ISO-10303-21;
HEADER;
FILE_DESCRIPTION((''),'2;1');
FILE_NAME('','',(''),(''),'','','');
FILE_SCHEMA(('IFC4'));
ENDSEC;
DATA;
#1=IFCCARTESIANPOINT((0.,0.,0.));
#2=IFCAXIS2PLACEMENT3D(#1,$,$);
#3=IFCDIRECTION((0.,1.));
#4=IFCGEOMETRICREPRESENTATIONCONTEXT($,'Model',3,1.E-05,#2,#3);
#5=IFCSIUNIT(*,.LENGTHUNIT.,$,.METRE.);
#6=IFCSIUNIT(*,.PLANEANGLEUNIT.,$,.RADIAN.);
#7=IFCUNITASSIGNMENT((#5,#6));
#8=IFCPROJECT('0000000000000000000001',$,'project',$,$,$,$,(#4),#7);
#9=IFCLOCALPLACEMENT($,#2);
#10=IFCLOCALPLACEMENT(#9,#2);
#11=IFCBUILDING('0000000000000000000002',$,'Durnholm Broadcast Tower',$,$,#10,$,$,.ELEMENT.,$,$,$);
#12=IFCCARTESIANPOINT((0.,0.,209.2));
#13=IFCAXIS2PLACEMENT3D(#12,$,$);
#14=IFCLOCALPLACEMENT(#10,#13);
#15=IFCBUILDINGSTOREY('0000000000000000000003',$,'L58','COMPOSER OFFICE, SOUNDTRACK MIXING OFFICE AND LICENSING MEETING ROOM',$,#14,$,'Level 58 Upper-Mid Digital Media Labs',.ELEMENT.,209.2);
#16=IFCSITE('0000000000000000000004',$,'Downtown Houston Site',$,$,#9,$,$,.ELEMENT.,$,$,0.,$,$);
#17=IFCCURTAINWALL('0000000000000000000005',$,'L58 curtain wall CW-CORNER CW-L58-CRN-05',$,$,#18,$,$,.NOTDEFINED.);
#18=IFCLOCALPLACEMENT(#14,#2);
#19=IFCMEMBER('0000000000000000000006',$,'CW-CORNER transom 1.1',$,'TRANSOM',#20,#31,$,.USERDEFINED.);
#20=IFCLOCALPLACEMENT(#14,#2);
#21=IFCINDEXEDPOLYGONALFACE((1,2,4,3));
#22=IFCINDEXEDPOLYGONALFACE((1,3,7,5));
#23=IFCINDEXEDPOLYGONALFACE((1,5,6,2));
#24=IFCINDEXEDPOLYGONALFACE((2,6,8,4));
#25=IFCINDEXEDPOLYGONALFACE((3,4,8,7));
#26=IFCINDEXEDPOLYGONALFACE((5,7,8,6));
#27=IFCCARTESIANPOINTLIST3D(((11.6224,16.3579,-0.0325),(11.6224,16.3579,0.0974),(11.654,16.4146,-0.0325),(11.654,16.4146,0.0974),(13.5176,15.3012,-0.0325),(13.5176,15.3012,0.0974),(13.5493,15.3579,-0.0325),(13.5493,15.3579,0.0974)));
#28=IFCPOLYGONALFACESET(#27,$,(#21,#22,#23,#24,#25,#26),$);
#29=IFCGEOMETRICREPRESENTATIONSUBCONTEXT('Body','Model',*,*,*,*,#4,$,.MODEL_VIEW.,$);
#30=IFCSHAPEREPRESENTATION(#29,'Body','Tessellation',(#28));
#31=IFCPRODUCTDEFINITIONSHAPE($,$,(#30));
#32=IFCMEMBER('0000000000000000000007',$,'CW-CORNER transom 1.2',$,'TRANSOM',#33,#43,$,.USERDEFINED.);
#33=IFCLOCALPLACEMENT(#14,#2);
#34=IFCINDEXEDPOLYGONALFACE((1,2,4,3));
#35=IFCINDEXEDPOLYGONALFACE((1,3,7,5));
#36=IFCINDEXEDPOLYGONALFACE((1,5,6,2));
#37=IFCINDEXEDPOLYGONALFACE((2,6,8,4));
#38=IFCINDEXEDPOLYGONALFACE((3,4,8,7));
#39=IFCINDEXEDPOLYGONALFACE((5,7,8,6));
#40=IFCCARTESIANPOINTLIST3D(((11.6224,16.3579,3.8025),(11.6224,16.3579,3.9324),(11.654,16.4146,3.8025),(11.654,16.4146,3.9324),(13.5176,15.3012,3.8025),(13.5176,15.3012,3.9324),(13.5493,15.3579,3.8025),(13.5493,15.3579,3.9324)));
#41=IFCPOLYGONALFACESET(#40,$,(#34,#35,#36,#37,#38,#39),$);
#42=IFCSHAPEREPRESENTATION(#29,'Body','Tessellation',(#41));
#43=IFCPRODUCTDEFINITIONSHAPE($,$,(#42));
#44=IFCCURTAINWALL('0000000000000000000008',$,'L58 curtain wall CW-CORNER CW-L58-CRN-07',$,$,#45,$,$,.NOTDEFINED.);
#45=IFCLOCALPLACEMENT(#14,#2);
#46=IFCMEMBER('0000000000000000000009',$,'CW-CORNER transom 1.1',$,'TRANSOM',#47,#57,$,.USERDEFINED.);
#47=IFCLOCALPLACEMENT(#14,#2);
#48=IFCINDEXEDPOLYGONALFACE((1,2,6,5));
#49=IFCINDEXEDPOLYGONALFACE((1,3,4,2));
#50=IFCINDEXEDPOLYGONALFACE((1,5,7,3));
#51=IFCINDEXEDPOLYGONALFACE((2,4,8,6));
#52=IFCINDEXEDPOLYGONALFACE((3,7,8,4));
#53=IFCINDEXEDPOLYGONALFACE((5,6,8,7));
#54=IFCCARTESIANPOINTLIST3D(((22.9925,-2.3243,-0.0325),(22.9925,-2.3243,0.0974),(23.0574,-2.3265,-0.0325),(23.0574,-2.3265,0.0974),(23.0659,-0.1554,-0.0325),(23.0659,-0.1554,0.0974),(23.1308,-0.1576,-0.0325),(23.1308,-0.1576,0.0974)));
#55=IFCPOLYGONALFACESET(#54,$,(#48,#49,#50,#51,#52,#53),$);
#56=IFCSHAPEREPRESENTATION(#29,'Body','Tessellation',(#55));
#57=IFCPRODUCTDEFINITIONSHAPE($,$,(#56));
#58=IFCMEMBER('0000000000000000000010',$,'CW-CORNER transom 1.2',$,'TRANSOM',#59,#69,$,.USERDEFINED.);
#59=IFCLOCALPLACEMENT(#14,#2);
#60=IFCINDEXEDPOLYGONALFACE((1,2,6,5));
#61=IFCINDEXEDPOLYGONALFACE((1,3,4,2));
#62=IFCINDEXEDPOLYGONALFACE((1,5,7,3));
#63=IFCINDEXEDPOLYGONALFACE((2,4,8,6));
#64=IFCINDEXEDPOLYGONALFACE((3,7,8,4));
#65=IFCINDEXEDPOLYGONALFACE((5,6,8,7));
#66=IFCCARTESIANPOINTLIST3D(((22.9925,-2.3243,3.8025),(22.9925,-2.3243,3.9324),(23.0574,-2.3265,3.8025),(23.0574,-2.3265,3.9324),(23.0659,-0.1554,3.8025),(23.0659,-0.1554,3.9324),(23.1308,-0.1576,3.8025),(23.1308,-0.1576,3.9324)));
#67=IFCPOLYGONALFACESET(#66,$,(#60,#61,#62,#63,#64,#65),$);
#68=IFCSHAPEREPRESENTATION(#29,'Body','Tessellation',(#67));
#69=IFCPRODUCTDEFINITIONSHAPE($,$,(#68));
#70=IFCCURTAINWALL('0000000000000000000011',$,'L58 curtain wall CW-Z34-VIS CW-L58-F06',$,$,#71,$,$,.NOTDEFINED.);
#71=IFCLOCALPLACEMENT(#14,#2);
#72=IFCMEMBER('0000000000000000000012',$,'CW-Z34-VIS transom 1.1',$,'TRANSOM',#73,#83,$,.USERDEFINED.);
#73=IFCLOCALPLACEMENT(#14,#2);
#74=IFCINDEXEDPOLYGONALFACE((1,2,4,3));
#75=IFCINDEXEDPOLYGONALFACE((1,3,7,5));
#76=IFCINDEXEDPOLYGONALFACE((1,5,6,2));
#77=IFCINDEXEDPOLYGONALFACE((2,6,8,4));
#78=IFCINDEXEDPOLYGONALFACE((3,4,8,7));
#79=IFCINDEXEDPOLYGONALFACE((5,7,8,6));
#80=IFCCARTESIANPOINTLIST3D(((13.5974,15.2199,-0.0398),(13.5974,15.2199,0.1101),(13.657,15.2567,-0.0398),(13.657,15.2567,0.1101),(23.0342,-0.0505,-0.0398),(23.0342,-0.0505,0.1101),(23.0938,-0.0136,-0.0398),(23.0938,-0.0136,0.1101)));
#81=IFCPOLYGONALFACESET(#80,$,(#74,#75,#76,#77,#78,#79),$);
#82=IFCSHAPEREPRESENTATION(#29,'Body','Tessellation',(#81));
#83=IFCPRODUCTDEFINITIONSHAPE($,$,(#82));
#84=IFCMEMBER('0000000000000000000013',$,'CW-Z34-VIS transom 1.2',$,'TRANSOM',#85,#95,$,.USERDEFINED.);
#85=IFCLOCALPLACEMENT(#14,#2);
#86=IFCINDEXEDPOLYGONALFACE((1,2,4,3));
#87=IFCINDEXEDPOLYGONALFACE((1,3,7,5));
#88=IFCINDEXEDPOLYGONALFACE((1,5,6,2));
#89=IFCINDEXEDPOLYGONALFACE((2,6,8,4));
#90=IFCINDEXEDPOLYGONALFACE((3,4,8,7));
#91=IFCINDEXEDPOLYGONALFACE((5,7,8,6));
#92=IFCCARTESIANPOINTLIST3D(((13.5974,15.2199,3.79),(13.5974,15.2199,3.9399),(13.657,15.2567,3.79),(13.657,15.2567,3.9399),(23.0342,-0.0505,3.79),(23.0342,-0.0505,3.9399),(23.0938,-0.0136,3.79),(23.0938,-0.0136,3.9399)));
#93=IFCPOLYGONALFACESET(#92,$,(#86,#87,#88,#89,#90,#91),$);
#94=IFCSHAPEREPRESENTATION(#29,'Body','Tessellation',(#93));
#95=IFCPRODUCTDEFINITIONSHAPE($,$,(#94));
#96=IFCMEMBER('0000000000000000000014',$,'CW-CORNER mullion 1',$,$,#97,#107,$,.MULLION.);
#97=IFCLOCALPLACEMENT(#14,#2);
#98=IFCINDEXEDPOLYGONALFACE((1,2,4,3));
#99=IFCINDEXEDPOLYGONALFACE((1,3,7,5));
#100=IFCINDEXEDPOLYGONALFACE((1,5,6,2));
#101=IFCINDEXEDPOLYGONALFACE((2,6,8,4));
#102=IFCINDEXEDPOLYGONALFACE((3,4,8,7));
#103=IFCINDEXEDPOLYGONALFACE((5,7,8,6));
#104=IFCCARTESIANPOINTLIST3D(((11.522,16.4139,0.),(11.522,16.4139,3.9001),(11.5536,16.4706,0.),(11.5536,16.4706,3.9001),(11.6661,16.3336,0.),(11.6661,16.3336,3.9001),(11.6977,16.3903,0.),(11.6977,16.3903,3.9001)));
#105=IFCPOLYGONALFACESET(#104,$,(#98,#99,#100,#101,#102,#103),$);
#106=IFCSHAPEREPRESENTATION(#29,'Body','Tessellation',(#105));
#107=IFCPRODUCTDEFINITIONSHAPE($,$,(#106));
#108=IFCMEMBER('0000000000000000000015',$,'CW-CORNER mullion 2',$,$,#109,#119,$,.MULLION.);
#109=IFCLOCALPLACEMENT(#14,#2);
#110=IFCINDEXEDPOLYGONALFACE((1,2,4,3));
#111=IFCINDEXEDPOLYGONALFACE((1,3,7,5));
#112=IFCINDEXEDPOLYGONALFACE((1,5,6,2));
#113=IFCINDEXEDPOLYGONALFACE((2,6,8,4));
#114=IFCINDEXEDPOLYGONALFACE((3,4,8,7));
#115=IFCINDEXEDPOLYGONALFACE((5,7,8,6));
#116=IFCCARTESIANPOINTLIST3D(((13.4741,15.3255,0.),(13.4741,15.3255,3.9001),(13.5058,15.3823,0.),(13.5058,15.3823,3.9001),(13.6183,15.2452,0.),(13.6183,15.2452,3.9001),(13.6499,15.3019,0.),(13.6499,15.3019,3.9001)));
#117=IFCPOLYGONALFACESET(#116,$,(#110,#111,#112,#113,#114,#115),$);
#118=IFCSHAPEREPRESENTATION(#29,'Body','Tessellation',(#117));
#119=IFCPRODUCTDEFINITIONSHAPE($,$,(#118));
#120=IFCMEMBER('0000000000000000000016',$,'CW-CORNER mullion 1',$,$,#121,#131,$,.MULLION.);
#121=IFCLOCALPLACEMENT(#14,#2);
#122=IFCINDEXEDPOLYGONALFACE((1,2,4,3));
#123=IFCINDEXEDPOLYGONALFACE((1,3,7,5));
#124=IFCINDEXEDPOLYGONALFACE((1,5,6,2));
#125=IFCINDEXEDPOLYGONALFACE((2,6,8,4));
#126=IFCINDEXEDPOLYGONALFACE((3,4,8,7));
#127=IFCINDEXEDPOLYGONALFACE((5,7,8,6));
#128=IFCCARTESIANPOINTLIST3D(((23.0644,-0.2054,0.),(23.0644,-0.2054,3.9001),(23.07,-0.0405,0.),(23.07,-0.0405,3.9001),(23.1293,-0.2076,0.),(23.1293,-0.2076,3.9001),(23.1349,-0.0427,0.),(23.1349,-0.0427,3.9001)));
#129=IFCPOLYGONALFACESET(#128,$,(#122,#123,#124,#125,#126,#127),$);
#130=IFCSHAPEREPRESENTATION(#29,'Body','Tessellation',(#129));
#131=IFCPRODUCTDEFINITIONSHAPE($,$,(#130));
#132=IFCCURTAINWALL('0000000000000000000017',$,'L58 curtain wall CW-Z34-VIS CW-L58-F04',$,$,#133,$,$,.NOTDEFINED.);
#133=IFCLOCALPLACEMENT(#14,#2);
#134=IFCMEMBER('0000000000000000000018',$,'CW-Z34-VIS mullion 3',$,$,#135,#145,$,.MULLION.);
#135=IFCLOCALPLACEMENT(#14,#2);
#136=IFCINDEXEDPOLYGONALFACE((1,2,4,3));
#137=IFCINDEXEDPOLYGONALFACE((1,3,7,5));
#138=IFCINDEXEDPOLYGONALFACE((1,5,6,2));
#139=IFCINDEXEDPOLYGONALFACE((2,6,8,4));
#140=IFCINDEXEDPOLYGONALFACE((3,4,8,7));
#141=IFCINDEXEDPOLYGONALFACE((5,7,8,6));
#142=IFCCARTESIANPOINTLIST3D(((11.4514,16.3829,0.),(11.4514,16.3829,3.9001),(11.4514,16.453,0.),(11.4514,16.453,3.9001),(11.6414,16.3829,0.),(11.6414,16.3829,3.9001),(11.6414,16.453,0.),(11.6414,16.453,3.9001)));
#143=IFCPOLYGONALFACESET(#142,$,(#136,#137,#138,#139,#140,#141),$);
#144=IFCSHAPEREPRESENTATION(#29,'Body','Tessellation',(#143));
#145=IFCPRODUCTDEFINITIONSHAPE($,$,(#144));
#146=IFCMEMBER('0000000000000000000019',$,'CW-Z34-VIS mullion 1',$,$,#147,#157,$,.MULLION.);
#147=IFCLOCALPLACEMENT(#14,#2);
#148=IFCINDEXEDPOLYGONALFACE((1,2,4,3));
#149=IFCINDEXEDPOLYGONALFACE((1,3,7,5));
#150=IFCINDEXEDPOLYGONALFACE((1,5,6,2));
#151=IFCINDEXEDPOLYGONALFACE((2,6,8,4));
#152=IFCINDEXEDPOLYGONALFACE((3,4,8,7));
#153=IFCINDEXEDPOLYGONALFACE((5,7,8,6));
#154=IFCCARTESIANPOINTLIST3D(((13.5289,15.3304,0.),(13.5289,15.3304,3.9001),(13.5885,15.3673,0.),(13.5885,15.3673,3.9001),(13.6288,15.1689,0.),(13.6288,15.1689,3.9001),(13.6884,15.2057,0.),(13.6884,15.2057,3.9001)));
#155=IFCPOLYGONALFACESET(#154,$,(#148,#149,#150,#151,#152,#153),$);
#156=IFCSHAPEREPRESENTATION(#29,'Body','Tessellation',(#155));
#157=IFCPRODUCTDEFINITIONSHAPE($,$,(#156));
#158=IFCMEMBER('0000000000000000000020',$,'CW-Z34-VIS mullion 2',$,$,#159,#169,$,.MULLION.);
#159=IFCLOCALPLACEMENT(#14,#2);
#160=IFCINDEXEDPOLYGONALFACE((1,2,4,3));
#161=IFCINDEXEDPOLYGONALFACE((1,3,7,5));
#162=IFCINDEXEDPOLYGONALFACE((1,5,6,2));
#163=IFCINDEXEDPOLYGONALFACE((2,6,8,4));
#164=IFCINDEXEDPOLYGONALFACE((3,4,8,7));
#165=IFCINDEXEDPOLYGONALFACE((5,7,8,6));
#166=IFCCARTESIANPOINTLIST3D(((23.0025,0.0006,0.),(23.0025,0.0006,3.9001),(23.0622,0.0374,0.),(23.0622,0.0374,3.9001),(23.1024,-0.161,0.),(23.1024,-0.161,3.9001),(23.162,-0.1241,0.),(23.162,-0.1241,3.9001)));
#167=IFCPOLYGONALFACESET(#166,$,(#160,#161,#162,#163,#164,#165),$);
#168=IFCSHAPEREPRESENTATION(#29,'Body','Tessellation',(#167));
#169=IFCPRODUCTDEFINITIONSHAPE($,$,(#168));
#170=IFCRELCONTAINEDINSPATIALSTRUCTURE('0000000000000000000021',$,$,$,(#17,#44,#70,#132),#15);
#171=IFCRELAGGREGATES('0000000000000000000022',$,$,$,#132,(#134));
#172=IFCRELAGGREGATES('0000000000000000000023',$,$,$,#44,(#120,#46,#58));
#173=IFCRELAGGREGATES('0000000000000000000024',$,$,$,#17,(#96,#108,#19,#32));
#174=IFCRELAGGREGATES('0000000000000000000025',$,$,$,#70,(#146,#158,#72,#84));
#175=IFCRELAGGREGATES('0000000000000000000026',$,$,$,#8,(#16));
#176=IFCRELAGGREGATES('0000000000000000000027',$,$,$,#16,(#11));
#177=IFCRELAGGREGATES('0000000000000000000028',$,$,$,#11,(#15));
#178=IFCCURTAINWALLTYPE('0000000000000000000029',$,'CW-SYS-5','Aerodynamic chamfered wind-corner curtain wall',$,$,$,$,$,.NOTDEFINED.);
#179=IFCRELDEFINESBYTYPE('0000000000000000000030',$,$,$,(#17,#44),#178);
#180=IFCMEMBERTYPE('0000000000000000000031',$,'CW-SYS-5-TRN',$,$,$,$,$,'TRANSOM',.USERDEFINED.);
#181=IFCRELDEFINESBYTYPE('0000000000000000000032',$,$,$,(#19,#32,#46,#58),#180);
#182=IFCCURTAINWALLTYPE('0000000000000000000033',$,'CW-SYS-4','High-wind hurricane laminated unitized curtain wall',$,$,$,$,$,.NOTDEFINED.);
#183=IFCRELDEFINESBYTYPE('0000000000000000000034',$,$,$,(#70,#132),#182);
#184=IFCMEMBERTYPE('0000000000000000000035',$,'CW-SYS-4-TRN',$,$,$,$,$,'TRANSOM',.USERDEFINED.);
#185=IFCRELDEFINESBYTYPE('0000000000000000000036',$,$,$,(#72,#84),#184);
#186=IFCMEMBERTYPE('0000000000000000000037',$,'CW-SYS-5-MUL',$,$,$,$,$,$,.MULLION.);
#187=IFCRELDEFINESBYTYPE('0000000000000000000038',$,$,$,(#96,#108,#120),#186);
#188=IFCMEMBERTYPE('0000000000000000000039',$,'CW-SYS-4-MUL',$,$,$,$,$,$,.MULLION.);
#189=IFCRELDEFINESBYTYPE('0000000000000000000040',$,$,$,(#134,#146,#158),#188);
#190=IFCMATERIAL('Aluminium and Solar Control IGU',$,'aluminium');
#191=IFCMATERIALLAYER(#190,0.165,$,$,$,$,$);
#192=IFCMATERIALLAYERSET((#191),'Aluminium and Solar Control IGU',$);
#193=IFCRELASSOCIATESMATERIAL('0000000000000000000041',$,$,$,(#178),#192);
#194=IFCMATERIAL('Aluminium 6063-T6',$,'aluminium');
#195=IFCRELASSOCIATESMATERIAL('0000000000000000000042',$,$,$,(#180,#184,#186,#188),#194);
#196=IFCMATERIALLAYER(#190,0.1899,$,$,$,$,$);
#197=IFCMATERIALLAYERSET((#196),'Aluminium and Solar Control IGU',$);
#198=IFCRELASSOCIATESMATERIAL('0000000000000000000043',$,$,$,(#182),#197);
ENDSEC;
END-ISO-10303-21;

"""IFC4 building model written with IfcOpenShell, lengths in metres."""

from ifc_helpers import new_model, si_unit, direction, frame, origin, origin_2d, place, context, subcontext, project, spatial, rectangle, extrude, source, transform, mapped, material, layer, layer_set, material_profile, profile_set, type_object, type_shapes, element, aggregate, save


model = new_model("IFC4")

# Units and contexts
model_context = context("Model", 3, precision=1e-05, world=origin(), true_north=direction((0.0, 1.0)))
body_context = subcontext(model_context, "Body", "Model", "MODEL_VIEW")
ifc_project = project(units=[si_unit("LENGTHUNIT", "METRE"), si_unit("PLANEANGLEUNIT", "RADIAN")], contexts=[model_context])

# Site, building, storey
site_placement = place(None, origin())
site = spatial("IfcSite", under=ifc_project, at=site_placement, Name="Downtown Houston Site", CompositionType="ELEMENT", RefElevation=0.0)
building_placement = place(site_placement, origin())
building = spatial("IfcBuilding", under=site, at=building_placement, Name="Durnholm Broadcast Tower", CompositionType="ELEMENT")
storey_placement = place(building_placement, frame((0.0, 0.0, 209.2)))
storey = spatial("IfcBuildingStorey", under=building, at=storey_placement, Name="L58", Description="COMPOSER OFFICE, SOUNDTRACK MIXING OFFICE AND LICENSING MEETING ROOM", LongName="Level 58 Upper-Mid Digital Media Labs", CompositionType="ELEMENT", Elevation=209.2)

# Curtain walls, members
ifc_material_1 = material(Name="Aluminium and Solar Control IGU", Category="aluminium")
ifc_layer_1 = layer(ifc_material_1, 0.165)
ifc_layer_set_1 = layer_set([ifc_layer_1], Name="Aluminium and Solar Control IGU")
curtain_wall_type_1 = type_object("IfcCurtainWallType", Name="CW-SYS-5", Description="Aerodynamic chamfered wind-corner curtain wall", PredefinedType="NOTDEFINED", material=ifc_layer_set_1)
curtain_wall_1_placement = place(storey_placement, origin())
curtain_wall_1 = element("IfcCurtainWall", 1, at=curtain_wall_1_placement, inside=storey, type_object=curtain_wall_type_1, Name="L58 curtain wall CW-CORNER CW-L58-CRN-05", PredefinedType="NOTDEFINED")
ifc_material_2 = material(Name="Aluminium 6063-T6", Category="aluminium")
ifc_material_profile_1 = material_profile(ifc_material_2, rectangle(XDim=0.0649, YDim=0.1299, at=origin_2d()), Name="CWT65X130")
ifc_profile_set_1 = profile_set([ifc_material_profile_1], Name="Aluminium 6063-T6")
member_type_1 = type_object("IfcMemberType", Name="CW-SYS-5-TRN", ElementType="TRANSOM", PredefinedType="USERDEFINED", material=ifc_profile_set_1)
shared_shape_1 = source(origin(), body_context, "Body", "SweptSolid", [
    extrude(rectangle(XDim=0.0649, YDim=0.1299, at=origin_2d()), origin(), (0.0, 0.0, 1.0), 2.1699),
])
member_1_placement = place(storey_placement, frame((11.6382, 16.3862, 0.0325), z_axis=(0.873429, -0.486951, 0.0), x_axis=(0.486951, 0.873429, 0.0)))
member_1 = element("IfcMember", 2, at=member_1_placement, type_object=member_type_1, Name="CW-CORNER transom 1.1", ObjectType="TRANSOM", PredefinedType="USERDEFINED", context=body_context, shape_type="MappedRepresentation", body=[
    mapped(shared_shape_1, transform((0.0, 0.0, 0.0), x_axis=(1.0, 0.0, 0.0), y_axis=(0.0, 1.0, 0.0), z_axis=(0.0, 0.0, 1.0), scale=1.0)),
])
member_2_placement = place(storey_placement, frame((11.6382, 16.3862, 3.8674), z_axis=(0.873429, -0.486951, 0.0), x_axis=(0.486951, 0.873429, 0.0)))
member_2 = element("IfcMember", 3, at=member_2_placement, type_object=member_type_1, Name="CW-CORNER transom 1.2", ObjectType="TRANSOM", PredefinedType="USERDEFINED", context=body_context, shape_type="MappedRepresentation", body=[
    mapped(shared_shape_1, transform((0.0, 0.0, 0.0), x_axis=(1.0, 0.0, 0.0), y_axis=(0.0, 1.0, 0.0), z_axis=(0.0, 0.0, 1.0), scale=1.0)),
])
curtain_wall_2_placement = place(storey_placement, origin())
curtain_wall_2 = element("IfcCurtainWall", 4, at=curtain_wall_2_placement, inside=storey, type_object=curtain_wall_type_1, Name="L58 curtain wall CW-CORNER CW-L58-CRN-07", PredefinedType="NOTDEFINED")
shared_shape_2 = source(origin(), body_context, "Body", "SweptSolid", [
    extrude(rectangle(XDim=0.0649, YDim=0.1299, at=origin_2d()), origin(), (0.0, 0.0, 1.0), 2.1702),
])
type_shapes(member_type_1, [shared_shape_1, shared_shape_2])
member_3_placement = place(storey_placement, frame((23.0984, -0.1565, 0.0325), z_axis=(-0.033862, -0.999427, 0.0), x_axis=(0.999427, -0.033862, 0.0)))
member_3 = element("IfcMember", 5, at=member_3_placement, type_object=member_type_1, Name="CW-CORNER transom 1.1", ObjectType="TRANSOM", PredefinedType="USERDEFINED", context=body_context, shape_type="MappedRepresentation", body=[
    mapped(shared_shape_2, transform((0.0, 0.0, 0.0), x_axis=(1.0, 0.0, 0.0), y_axis=(0.0, 1.0, 0.0), z_axis=(0.0, 0.0, 1.0), scale=1.0)),
])
member_4_placement = place(storey_placement, frame((23.0984, -0.1565, 3.8674), z_axis=(-0.033862, -0.999427, 0.0), x_axis=(0.999427, -0.033862, 0.0)))
member_4 = element("IfcMember", 6, at=member_4_placement, type_object=member_type_1, Name="CW-CORNER transom 1.2", ObjectType="TRANSOM", PredefinedType="USERDEFINED", context=body_context, shape_type="MappedRepresentation", body=[
    mapped(shared_shape_2, transform((0.0, 0.0, 0.0), x_axis=(1.0, 0.0, 0.0), y_axis=(0.0, 1.0, 0.0), z_axis=(0.0, 0.0, 1.0), scale=1.0)),
])
ifc_layer_2 = layer(ifc_material_1, 0.1899)
ifc_layer_set_2 = layer_set([ifc_layer_2], Name="Aluminium and Solar Control IGU")
curtain_wall_type_2 = type_object("IfcCurtainWallType", Name="CW-SYS-4", Description="High-wind hurricane laminated unitized curtain wall", PredefinedType="NOTDEFINED", material=ifc_layer_set_2)
curtain_wall_3_placement = place(storey_placement, origin())
curtain_wall_3 = element("IfcCurtainWall", 7, at=curtain_wall_3_placement, inside=storey, type_object=curtain_wall_type_2, Name="L58 curtain wall CW-Z34-VIS CW-L58-F06", PredefinedType="NOTDEFINED")
ifc_material_profile_2 = material_profile(ifc_material_2, rectangle(XDim=0.0701, YDim=0.1499, at=origin_2d()), Name="CWT70X150")
ifc_profile_set_2 = profile_set([ifc_material_profile_2], Name="Aluminium 6063-T6")
member_type_2 = type_object("IfcMemberType", Name="CW-SYS-4-TRN", ElementType="TRANSOM", PredefinedType="USERDEFINED", material=ifc_profile_set_2)
shared_shape_3 = source(origin(), body_context, "Body", "SweptSolid", [
    extrude(rectangle(XDim=0.0701, YDim=0.1499, at=origin_2d()), origin(), (0.0, 0.0, 1.0), 17.9509),
])
type_shapes(member_type_2, [shared_shape_3])
member_5_placement = place(storey_placement, frame((13.6272, 15.2383, 0.0352), z_axis=(0.5257, -0.85067, 0.0), x_axis=(0.85067, 0.5257, 0.0)))
member_5 = element("IfcMember", 8, at=member_5_placement, type_object=member_type_2, Name="CW-Z34-VIS transom 1.1", ObjectType="TRANSOM", PredefinedType="USERDEFINED", context=body_context, shape_type="MappedRepresentation", body=[
    mapped(shared_shape_3, transform((0.0, 0.0, 0.0), x_axis=(1.0, 0.0, 0.0), y_axis=(0.0, 1.0, 0.0), z_axis=(0.0, 0.0, 1.0), scale=1.0)),
])
member_6_placement = place(storey_placement, frame((13.6272, 15.2383, 3.865), z_axis=(0.5257, -0.85067, 0.0), x_axis=(0.85067, 0.5257, 0.0)))
member_6 = element("IfcMember", 9, at=member_6_placement, type_object=member_type_2, Name="CW-Z34-VIS transom 1.2", ObjectType="TRANSOM", PredefinedType="USERDEFINED", context=body_context, shape_type="MappedRepresentation", body=[
    mapped(shared_shape_3, transform((0.0, 0.0, 0.0), x_axis=(1.0, 0.0, 0.0), y_axis=(0.0, 1.0, 0.0), z_axis=(0.0, 0.0, 1.0), scale=1.0)),
])

# Members
ifc_material_profile_3 = material_profile(ifc_material_2, rectangle(XDim=0.0649, YDim=0.165, at=origin_2d()), Name="CWM65X165")
ifc_profile_set_3 = profile_set([ifc_material_profile_3], Name="Aluminium 6063-T6")
member_type_3 = type_object("IfcMemberType", Name="CW-SYS-5-MUL", PredefinedType="MULLION", material=ifc_profile_set_3)
shared_shape_4 = source(origin(), body_context, "Body", "SweptSolid", [
    extrude(rectangle(XDim=0.0649, YDim=0.165, at=origin_2d()), origin(), (0.0, 0.0, 1.0), 3.9001),
])
type_shapes(member_type_3, [shared_shape_4])
member_7_placement = place(storey_placement, frame((11.6099, 16.4021, 0.0), z_axis=(0.0, 0.0, 1.0), x_axis=(0.486986, 0.87341, 0.0)))
member_7 = element("IfcMember", 10, at=member_7_placement, type_object=member_type_3, Name="CW-CORNER mullion 1", PredefinedType="MULLION", context=body_context, shape_type="MappedRepresentation", body=[
    mapped(shared_shape_4, transform((0.0, 0.0, 0.0), x_axis=(1.0, 0.0, 0.0), y_axis=(0.0, 1.0, 0.0), z_axis=(0.0, 0.0, 1.0), scale=1.0)),
])
member_8_placement = place(storey_placement, frame((13.562, 15.3137, 0.0), z_axis=(0.0, 0.0, 1.0), x_axis=(0.486986, 0.87341, 0.0)))
member_8 = element("IfcMember", 11, at=member_8_placement, type_object=member_type_3, Name="CW-CORNER mullion 2", PredefinedType="MULLION", context=body_context, shape_type="MappedRepresentation", body=[
    mapped(shared_shape_4, transform((0.0, 0.0, 0.0), x_axis=(1.0, 0.0, 0.0), y_axis=(0.0, 1.0, 0.0), z_axis=(0.0, 0.0, 1.0), scale=1.0)),
])
member_9_placement = place(storey_placement, frame((23.0996, -0.124, 0.0), z_axis=(0.0, 0.0, 1.0), x_axis=(0.999425, -0.033913, 0.0)))
member_9 = element("IfcMember", 12, at=member_9_placement, type_object=member_type_3, Name="CW-CORNER mullion 1", PredefinedType="MULLION", context=body_context, shape_type="MappedRepresentation", body=[
    mapped(shared_shape_4, transform((0.0, 0.0, 0.0), x_axis=(1.0, 0.0, 0.0), y_axis=(0.0, 1.0, 0.0), z_axis=(0.0, 0.0, 1.0), scale=1.0)),
])

# Curtain wall, member
curtain_wall_4_placement = place(storey_placement, origin())
curtain_wall_4 = element("IfcCurtainWall", 13, at=curtain_wall_4_placement, inside=storey, type_object=curtain_wall_type_2, Name="L58 curtain wall CW-Z34-VIS CW-L58-F04", PredefinedType="NOTDEFINED")
ifc_material_profile_4 = material_profile(ifc_material_2, rectangle(XDim=0.0701, YDim=0.1899, at=origin_2d()), Name="CWM70X190")
ifc_profile_set_4 = profile_set([ifc_material_profile_4], Name="Aluminium 6063-T6")
member_type_4 = type_object("IfcMemberType", Name="CW-SYS-4-MUL", PredefinedType="MULLION", material=ifc_profile_set_4)
shared_shape_5 = source(origin(), body_context, "Body", "SweptSolid", [
    extrude(rectangle(XDim=0.0701, YDim=0.1899, at=origin_2d()), origin(), (0.0, 0.0, 1.0), 3.9001),
])
type_shapes(member_type_4, [shared_shape_5])
member_10_placement = place(storey_placement, frame((11.5464, 16.418, 0.0), z_axis=(0.0, 0.0, 1.0), x_axis=(0.0, 1.0, 0.0)))
member_10 = element("IfcMember", 14, at=member_10_placement, type_object=member_type_4, Name="CW-Z34-VIS mullion 3", PredefinedType="MULLION", context=body_context, shape_type="MappedRepresentation", body=[
    mapped(shared_shape_5, transform((0.0, 0.0, 0.0), x_axis=(1.0, 0.0, 0.0), y_axis=(0.0, 1.0, 0.0), z_axis=(0.0, 0.0, 1.0), scale=1.0)),
])
aggregate(curtain_wall_4, [member_10])

# Members
member_11_placement = place(storey_placement, frame((13.6086, 15.2681, 0.0), z_axis=(0.0, 0.0, 1.0), x_axis=(0.850671, 0.525698, 0.0)))
member_11 = element("IfcMember", 15, at=member_11_placement, type_object=member_type_4, Name="CW-Z34-VIS mullion 1", PredefinedType="MULLION", context=body_context, shape_type="MappedRepresentation", body=[
    mapped(shared_shape_5, transform((0.0, 0.0, 0.0), x_axis=(1.0, 0.0, 0.0), y_axis=(0.0, 1.0, 0.0), z_axis=(0.0, 0.0, 1.0), scale=1.0)),
])
member_12_placement = place(storey_placement, frame((23.0823, -0.0618, 0.0), z_axis=(0.0, 0.0, 1.0), x_axis=(0.850671, 0.525698, 0.0)))
member_12 = element("IfcMember", 16, at=member_12_placement, type_object=member_type_4, Name="CW-Z34-VIS mullion 2", PredefinedType="MULLION", context=body_context, shape_type="MappedRepresentation", body=[
    mapped(shared_shape_5, transform((0.0, 0.0, 0.0), x_axis=(1.0, 0.0, 0.0), y_axis=(0.0, 1.0, 0.0), z_axis=(0.0, 0.0, 1.0), scale=1.0)),
])

aggregate(curtain_wall_2, [member_9, member_3, member_4])
aggregate(curtain_wall_1, [member_7, member_8, member_1, member_2])
aggregate(curtain_wall_3, [member_11, member_12, member_5, member_6])

save(model, "model.ifc")
